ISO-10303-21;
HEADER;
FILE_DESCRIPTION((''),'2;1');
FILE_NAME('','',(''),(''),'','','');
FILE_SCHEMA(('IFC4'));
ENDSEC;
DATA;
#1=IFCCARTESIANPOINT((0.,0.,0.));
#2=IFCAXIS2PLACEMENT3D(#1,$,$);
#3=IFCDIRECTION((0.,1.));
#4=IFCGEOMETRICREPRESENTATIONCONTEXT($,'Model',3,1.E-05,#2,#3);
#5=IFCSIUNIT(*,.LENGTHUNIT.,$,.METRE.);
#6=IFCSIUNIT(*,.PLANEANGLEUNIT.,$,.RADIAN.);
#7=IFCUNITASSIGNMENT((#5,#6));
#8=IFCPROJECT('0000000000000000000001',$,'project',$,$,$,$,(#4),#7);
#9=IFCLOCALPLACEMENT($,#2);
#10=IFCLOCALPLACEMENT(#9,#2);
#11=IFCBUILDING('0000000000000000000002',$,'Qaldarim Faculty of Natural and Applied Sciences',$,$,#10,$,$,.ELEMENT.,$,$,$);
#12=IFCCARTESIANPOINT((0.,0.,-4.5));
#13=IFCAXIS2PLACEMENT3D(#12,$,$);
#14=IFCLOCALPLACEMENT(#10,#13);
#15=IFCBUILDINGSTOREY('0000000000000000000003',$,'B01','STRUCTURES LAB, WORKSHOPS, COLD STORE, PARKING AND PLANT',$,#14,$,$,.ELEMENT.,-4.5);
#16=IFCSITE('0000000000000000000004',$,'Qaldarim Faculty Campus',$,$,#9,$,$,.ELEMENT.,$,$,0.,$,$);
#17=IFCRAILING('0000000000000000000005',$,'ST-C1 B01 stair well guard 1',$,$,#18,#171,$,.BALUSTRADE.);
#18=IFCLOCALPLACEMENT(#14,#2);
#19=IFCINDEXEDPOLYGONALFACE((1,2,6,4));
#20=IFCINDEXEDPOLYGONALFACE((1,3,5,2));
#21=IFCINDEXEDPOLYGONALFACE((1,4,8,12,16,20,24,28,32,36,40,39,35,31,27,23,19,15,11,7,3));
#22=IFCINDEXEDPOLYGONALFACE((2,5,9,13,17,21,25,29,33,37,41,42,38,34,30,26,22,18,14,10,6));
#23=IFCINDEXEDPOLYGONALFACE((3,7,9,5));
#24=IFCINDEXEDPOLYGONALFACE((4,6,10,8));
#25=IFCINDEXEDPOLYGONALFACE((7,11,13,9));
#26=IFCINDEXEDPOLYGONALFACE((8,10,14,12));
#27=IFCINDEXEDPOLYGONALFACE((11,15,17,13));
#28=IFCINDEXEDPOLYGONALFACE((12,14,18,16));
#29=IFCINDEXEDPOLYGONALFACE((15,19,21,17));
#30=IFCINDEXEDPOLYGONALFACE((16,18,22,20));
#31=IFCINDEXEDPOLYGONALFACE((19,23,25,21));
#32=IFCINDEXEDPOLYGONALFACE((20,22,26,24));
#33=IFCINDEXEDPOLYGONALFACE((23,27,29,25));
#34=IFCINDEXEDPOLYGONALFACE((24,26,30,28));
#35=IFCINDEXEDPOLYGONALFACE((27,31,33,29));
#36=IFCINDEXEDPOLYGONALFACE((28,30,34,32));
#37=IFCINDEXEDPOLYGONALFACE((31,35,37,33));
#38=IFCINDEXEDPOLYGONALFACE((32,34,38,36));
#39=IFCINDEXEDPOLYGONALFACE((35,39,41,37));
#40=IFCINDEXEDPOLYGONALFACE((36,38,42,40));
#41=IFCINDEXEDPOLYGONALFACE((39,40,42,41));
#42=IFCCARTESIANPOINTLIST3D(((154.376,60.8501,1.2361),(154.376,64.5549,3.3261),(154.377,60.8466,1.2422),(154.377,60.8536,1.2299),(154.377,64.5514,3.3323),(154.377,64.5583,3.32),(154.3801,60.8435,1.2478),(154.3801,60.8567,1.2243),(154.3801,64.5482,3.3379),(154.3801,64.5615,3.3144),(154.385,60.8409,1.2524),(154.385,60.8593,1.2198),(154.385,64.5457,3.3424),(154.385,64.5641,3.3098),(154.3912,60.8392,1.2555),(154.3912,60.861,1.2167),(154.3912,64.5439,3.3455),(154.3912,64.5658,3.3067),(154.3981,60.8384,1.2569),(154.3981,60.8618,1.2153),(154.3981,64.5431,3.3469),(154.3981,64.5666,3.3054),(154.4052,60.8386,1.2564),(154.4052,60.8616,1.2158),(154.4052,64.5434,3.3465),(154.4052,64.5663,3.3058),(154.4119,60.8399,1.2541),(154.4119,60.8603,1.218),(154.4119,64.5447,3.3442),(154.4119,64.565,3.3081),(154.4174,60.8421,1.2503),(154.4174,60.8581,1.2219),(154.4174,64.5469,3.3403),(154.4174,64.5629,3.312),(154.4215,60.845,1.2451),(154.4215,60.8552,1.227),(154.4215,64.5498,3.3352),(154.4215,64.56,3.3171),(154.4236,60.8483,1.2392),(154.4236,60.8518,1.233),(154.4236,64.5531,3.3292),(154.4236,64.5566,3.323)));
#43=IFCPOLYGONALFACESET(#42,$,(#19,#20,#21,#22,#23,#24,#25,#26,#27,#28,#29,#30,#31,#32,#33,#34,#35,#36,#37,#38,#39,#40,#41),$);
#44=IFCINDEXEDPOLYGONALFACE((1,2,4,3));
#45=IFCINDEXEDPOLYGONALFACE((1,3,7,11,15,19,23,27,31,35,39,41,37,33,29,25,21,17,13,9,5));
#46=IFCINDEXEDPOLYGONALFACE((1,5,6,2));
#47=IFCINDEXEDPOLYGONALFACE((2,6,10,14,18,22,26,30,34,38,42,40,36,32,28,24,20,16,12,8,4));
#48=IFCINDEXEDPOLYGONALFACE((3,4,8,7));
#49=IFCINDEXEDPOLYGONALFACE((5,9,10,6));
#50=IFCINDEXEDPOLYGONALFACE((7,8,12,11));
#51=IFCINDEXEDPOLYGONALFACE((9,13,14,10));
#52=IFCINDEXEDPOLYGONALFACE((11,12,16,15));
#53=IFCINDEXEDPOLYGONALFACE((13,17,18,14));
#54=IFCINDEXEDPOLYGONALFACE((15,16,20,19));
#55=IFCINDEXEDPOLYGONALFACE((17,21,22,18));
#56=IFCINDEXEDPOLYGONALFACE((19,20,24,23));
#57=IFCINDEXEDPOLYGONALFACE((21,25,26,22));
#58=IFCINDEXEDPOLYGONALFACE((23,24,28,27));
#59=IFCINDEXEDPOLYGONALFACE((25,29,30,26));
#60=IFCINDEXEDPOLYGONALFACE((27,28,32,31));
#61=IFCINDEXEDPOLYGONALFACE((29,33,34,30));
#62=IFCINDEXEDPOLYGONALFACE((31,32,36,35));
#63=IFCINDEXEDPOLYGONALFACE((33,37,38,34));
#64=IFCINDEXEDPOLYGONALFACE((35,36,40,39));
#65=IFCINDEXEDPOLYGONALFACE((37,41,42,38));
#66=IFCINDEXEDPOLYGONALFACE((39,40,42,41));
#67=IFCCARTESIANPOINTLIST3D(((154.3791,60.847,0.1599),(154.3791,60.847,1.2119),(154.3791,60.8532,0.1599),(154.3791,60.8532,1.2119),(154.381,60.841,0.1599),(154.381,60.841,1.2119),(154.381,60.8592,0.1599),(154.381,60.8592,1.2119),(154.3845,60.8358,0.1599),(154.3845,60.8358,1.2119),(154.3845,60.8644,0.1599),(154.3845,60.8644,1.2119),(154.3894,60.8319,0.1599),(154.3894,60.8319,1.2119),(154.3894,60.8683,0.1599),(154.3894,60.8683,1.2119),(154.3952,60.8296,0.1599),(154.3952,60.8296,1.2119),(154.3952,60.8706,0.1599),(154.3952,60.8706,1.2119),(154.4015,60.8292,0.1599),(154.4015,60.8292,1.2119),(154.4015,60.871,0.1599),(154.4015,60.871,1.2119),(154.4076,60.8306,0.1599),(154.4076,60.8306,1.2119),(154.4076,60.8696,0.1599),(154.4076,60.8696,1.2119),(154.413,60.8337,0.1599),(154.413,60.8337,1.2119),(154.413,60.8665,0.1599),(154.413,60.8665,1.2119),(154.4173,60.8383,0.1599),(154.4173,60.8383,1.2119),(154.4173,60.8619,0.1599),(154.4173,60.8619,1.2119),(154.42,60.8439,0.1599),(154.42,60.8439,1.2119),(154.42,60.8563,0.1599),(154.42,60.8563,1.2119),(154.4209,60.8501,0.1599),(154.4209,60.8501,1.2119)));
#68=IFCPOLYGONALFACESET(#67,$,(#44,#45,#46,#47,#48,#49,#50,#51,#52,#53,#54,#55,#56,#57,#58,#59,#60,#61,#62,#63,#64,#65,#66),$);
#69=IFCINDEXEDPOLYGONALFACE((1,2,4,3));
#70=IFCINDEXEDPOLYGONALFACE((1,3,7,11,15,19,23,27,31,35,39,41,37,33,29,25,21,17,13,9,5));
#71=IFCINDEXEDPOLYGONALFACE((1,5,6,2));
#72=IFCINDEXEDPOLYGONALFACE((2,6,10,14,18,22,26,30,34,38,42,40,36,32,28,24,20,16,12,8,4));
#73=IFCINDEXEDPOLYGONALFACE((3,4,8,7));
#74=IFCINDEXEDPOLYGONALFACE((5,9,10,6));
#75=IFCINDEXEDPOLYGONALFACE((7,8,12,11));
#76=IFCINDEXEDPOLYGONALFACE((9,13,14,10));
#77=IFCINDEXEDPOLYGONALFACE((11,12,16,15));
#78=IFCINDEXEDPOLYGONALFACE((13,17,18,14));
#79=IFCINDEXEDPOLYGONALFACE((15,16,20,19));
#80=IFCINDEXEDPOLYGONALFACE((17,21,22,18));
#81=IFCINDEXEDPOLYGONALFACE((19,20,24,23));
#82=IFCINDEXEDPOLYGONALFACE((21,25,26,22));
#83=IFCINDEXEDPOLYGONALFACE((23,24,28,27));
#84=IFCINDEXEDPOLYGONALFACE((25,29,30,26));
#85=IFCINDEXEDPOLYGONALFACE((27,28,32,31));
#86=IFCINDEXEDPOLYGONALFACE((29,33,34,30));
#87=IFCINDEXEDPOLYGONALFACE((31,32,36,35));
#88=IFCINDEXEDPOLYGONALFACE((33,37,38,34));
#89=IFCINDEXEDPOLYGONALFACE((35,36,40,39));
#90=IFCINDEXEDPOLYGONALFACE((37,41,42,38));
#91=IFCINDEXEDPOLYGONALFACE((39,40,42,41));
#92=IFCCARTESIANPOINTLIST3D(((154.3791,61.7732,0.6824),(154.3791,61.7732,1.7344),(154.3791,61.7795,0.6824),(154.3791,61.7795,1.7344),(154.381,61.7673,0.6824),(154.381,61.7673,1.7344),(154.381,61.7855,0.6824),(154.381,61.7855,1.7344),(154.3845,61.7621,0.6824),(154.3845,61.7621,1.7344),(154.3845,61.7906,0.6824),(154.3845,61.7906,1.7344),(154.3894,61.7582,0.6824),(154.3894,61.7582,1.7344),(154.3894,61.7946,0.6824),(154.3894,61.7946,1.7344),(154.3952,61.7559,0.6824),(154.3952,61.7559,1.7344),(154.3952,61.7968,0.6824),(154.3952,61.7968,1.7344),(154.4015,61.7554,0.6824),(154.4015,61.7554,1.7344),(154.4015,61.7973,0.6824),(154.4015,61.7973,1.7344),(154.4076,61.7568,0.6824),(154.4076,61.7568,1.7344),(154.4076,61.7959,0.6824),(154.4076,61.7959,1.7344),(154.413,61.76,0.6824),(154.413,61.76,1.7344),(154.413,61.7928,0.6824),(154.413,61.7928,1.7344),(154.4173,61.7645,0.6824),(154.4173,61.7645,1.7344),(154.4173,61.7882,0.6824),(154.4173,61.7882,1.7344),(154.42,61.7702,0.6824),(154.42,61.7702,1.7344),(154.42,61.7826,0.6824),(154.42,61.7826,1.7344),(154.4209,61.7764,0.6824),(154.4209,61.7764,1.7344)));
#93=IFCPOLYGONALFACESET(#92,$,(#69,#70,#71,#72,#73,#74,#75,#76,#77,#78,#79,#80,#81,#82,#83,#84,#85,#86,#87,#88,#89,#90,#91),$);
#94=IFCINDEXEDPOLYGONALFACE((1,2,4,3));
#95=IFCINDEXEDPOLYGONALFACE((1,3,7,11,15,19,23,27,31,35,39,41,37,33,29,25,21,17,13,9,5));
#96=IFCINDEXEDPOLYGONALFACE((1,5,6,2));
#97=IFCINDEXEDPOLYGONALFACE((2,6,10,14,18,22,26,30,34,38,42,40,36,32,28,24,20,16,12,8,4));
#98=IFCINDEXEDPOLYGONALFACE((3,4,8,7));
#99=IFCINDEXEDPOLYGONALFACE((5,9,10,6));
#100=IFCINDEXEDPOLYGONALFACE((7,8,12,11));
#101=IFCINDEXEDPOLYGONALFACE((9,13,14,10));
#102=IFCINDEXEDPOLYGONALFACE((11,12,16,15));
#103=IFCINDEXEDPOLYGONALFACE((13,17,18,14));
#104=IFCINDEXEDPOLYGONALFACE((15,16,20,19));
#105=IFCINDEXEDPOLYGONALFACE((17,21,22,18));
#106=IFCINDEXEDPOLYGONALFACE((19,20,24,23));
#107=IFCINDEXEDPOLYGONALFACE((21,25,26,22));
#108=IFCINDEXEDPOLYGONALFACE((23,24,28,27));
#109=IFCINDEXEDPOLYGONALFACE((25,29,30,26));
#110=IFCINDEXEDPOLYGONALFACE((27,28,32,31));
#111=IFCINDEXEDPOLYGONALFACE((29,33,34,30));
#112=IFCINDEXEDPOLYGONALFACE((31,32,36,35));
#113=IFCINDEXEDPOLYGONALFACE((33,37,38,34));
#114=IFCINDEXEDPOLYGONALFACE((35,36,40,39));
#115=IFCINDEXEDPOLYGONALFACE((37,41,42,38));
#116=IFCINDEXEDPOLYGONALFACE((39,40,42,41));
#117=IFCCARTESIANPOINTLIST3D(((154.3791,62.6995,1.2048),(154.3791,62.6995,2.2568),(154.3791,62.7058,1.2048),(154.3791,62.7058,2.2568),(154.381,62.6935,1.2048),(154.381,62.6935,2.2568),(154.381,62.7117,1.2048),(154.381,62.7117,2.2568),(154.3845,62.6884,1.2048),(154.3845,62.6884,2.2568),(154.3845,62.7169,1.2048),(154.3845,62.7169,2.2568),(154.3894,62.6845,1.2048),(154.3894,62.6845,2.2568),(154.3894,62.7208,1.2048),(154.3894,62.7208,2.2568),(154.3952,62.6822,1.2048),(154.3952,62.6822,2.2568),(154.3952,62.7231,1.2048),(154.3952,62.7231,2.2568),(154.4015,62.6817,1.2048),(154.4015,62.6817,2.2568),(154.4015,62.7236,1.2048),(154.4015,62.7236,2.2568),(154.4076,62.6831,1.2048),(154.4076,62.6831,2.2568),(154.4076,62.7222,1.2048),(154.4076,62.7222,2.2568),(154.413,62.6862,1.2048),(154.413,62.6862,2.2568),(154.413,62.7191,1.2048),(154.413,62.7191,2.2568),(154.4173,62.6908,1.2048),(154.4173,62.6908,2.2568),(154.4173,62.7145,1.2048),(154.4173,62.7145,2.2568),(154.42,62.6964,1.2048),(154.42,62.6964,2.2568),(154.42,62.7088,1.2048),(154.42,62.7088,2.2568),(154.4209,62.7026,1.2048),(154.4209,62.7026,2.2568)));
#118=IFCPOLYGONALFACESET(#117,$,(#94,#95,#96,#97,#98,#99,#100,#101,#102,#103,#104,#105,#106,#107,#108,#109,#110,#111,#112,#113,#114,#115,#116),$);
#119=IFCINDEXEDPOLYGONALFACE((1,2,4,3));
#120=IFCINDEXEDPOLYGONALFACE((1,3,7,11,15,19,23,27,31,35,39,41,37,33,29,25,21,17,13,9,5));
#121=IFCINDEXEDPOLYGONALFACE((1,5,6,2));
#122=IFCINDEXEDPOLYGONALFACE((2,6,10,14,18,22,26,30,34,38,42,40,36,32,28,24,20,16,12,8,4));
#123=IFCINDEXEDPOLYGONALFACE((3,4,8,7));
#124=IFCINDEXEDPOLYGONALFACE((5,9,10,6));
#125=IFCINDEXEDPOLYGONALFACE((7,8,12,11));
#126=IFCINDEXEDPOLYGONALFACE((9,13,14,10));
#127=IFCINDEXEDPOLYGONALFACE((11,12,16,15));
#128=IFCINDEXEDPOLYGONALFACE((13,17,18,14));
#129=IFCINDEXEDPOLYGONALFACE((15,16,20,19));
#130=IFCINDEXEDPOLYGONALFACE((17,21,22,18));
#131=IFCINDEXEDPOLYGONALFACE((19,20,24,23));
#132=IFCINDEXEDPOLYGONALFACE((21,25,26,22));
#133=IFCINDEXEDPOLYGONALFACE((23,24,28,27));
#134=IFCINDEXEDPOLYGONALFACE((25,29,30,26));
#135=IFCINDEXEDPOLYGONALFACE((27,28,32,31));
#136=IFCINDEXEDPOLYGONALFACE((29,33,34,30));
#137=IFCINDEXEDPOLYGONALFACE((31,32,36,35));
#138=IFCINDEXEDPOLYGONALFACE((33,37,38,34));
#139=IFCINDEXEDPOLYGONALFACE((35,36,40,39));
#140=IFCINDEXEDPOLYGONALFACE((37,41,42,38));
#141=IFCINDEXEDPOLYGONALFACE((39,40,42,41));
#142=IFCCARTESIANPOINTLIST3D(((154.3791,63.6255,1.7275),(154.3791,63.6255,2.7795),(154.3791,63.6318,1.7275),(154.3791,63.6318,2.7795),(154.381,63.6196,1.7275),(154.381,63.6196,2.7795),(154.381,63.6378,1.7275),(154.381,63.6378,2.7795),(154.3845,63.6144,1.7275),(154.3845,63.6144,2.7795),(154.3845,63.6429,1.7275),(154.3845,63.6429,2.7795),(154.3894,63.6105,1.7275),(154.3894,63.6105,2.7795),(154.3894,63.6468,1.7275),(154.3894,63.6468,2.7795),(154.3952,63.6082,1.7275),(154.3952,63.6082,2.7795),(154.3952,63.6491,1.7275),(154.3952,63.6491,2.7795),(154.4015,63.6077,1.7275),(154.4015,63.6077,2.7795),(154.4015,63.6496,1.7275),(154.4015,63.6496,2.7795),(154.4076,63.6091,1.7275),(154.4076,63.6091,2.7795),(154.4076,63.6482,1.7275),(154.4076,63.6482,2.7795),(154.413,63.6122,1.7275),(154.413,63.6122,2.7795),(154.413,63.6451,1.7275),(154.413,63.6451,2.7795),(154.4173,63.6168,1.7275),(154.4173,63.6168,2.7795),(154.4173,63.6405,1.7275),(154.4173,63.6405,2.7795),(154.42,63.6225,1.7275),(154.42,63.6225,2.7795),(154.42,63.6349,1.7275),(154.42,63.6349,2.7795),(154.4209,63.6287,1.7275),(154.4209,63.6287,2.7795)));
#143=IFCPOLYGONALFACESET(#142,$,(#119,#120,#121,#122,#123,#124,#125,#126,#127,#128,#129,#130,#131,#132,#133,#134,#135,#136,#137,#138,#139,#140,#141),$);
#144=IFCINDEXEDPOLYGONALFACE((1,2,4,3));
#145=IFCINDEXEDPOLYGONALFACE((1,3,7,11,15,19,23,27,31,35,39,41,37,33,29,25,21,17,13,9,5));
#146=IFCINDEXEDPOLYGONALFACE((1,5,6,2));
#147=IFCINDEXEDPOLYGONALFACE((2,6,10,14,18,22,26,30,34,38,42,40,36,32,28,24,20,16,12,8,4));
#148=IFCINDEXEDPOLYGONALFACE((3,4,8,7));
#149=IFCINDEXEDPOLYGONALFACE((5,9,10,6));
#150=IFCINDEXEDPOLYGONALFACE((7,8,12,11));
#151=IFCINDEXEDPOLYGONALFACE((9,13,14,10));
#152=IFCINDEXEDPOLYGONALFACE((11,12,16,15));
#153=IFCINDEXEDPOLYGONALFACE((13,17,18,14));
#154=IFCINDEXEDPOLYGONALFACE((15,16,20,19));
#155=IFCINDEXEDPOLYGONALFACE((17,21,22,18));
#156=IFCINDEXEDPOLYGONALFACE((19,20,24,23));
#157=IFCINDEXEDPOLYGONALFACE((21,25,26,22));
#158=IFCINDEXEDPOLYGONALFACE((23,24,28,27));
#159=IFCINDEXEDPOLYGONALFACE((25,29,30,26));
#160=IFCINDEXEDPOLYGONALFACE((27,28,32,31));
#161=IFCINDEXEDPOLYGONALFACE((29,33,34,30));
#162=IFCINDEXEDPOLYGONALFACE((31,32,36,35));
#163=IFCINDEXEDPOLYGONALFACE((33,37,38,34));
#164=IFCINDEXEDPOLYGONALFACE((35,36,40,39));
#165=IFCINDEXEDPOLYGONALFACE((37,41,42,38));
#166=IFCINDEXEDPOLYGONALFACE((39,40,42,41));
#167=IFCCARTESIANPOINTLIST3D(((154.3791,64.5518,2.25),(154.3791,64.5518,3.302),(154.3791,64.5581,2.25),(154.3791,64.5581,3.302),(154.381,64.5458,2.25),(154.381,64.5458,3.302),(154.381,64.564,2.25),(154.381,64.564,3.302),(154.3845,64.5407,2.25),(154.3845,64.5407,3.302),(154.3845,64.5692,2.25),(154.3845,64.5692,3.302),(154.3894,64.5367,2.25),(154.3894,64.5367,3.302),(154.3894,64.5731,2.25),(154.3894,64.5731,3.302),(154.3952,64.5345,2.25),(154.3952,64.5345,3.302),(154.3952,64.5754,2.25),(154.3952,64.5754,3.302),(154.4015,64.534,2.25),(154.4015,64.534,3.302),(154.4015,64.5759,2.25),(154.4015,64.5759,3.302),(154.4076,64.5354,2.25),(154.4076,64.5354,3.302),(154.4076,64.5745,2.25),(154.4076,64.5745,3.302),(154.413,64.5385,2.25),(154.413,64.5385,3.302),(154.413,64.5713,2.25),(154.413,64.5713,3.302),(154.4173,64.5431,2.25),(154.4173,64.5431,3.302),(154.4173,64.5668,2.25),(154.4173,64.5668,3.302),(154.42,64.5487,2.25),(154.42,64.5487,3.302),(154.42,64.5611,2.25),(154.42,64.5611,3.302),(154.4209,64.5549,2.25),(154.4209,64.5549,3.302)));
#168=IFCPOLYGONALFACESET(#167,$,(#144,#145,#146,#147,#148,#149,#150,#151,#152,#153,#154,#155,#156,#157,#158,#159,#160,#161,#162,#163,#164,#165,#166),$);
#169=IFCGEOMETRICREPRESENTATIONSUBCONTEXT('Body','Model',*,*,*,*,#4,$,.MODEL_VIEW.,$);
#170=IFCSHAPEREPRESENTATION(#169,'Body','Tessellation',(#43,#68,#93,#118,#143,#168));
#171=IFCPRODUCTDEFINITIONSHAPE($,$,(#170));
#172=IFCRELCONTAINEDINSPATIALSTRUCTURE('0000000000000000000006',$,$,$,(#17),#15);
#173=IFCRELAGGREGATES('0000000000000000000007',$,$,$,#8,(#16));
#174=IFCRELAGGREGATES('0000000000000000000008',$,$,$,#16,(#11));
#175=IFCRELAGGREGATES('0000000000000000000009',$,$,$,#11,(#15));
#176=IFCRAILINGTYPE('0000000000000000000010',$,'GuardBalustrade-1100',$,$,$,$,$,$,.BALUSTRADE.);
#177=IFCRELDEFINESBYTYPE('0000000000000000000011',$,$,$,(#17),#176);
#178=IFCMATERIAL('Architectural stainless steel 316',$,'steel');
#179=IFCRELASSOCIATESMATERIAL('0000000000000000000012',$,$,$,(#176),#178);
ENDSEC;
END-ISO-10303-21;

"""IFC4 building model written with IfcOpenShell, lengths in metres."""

from ifc_helpers import new_model, si_unit, direction, frame, origin, origin_2d, place, context, subcontext, project, spatial, circle, extrude, material, type_object, element, save


model = new_model("IFC4")

# Units and contexts
model_context = context("Model", 3, precision=1e-05, world=origin(), true_north=direction((0.0, 1.0)))
body_context = subcontext(model_context, "Body", "Model", "MODEL_VIEW")
ifc_project = project(units=[si_unit("LENGTHUNIT", "METRE"), si_unit("PLANEANGLEUNIT", "RADIAN")], contexts=[model_context])

# Site, building, storey
site_placement = place(None, origin())
site = spatial("IfcSite", under=ifc_project, at=site_placement, Name="Qaldarim Faculty Campus", CompositionType="ELEMENT", RefElevation=0.0)
building_placement = place(site_placement, origin())
building = spatial("IfcBuilding", under=site, at=building_placement, Name="Qaldarim Faculty of Natural and Applied Sciences", CompositionType="ELEMENT")
storey_placement = place(building_placement, frame((0.0, 0.0, -4.5)))
storey = spatial("IfcBuildingStorey", under=building, at=storey_placement, Name="B01", Description="STRUCTURES LAB, WORKSHOPS, COLD STORE, PARKING AND PLANT", CompositionType="ELEMENT", Elevation=-4.5)

# Shared definitions
ifc_material_1 = material(Name="Architectural stainless steel 316", Category="steel")

# Railing
railing_type_1 = type_object("IfcRailingType", Name="GuardBalustrade-1100", PredefinedType="BALUSTRADE", material=ifc_material_1)
railing_1_placement = place(storey_placement, frame((154.3999, 60.8501, 0.1599)))
element("IfcRailing", 1, at=railing_1_placement, inside=storey, type_object=railing_type_1, Name="ST-C1 B01 stair well guard 1", PredefinedType="BALUSTRADE", context=body_context, shape_type="SweptSolid", body=[
    extrude(circle(Radius=0.0239, at=origin_2d()), frame((0.0, 0.0, 1.0762), z_axis=(0.0, 0.87096, 0.491354), x_axis=(-1.0, 0.0, 0.0)), (0.0, 0.0, 1.0), 4.2537),
    extrude(circle(Radius=0.021, at=origin_2d()), origin(), (0.0, 0.0, 1.0), 1.052),
    extrude(circle(Radius=0.021, at=origin_2d()), frame((0.0, 0.9263, 0.5225)), (0.0, 0.0, 1.0), 1.052),
    extrude(circle(Radius=0.021, at=origin_2d()), frame((0.0, 1.8525, 1.0449)), (0.0, 0.0, 1.0), 1.052),
    extrude(circle(Radius=0.021, at=origin_2d()), frame((0.0, 2.7786, 1.5676)), (0.0, 0.0, 1.0), 1.052),
    extrude(circle(Radius=0.021, at=origin_2d()), frame((0.0, 3.7048, 2.0901)), (0.0, 0.0, 1.0), 1.052),
])

save(model, "model.ifc")
